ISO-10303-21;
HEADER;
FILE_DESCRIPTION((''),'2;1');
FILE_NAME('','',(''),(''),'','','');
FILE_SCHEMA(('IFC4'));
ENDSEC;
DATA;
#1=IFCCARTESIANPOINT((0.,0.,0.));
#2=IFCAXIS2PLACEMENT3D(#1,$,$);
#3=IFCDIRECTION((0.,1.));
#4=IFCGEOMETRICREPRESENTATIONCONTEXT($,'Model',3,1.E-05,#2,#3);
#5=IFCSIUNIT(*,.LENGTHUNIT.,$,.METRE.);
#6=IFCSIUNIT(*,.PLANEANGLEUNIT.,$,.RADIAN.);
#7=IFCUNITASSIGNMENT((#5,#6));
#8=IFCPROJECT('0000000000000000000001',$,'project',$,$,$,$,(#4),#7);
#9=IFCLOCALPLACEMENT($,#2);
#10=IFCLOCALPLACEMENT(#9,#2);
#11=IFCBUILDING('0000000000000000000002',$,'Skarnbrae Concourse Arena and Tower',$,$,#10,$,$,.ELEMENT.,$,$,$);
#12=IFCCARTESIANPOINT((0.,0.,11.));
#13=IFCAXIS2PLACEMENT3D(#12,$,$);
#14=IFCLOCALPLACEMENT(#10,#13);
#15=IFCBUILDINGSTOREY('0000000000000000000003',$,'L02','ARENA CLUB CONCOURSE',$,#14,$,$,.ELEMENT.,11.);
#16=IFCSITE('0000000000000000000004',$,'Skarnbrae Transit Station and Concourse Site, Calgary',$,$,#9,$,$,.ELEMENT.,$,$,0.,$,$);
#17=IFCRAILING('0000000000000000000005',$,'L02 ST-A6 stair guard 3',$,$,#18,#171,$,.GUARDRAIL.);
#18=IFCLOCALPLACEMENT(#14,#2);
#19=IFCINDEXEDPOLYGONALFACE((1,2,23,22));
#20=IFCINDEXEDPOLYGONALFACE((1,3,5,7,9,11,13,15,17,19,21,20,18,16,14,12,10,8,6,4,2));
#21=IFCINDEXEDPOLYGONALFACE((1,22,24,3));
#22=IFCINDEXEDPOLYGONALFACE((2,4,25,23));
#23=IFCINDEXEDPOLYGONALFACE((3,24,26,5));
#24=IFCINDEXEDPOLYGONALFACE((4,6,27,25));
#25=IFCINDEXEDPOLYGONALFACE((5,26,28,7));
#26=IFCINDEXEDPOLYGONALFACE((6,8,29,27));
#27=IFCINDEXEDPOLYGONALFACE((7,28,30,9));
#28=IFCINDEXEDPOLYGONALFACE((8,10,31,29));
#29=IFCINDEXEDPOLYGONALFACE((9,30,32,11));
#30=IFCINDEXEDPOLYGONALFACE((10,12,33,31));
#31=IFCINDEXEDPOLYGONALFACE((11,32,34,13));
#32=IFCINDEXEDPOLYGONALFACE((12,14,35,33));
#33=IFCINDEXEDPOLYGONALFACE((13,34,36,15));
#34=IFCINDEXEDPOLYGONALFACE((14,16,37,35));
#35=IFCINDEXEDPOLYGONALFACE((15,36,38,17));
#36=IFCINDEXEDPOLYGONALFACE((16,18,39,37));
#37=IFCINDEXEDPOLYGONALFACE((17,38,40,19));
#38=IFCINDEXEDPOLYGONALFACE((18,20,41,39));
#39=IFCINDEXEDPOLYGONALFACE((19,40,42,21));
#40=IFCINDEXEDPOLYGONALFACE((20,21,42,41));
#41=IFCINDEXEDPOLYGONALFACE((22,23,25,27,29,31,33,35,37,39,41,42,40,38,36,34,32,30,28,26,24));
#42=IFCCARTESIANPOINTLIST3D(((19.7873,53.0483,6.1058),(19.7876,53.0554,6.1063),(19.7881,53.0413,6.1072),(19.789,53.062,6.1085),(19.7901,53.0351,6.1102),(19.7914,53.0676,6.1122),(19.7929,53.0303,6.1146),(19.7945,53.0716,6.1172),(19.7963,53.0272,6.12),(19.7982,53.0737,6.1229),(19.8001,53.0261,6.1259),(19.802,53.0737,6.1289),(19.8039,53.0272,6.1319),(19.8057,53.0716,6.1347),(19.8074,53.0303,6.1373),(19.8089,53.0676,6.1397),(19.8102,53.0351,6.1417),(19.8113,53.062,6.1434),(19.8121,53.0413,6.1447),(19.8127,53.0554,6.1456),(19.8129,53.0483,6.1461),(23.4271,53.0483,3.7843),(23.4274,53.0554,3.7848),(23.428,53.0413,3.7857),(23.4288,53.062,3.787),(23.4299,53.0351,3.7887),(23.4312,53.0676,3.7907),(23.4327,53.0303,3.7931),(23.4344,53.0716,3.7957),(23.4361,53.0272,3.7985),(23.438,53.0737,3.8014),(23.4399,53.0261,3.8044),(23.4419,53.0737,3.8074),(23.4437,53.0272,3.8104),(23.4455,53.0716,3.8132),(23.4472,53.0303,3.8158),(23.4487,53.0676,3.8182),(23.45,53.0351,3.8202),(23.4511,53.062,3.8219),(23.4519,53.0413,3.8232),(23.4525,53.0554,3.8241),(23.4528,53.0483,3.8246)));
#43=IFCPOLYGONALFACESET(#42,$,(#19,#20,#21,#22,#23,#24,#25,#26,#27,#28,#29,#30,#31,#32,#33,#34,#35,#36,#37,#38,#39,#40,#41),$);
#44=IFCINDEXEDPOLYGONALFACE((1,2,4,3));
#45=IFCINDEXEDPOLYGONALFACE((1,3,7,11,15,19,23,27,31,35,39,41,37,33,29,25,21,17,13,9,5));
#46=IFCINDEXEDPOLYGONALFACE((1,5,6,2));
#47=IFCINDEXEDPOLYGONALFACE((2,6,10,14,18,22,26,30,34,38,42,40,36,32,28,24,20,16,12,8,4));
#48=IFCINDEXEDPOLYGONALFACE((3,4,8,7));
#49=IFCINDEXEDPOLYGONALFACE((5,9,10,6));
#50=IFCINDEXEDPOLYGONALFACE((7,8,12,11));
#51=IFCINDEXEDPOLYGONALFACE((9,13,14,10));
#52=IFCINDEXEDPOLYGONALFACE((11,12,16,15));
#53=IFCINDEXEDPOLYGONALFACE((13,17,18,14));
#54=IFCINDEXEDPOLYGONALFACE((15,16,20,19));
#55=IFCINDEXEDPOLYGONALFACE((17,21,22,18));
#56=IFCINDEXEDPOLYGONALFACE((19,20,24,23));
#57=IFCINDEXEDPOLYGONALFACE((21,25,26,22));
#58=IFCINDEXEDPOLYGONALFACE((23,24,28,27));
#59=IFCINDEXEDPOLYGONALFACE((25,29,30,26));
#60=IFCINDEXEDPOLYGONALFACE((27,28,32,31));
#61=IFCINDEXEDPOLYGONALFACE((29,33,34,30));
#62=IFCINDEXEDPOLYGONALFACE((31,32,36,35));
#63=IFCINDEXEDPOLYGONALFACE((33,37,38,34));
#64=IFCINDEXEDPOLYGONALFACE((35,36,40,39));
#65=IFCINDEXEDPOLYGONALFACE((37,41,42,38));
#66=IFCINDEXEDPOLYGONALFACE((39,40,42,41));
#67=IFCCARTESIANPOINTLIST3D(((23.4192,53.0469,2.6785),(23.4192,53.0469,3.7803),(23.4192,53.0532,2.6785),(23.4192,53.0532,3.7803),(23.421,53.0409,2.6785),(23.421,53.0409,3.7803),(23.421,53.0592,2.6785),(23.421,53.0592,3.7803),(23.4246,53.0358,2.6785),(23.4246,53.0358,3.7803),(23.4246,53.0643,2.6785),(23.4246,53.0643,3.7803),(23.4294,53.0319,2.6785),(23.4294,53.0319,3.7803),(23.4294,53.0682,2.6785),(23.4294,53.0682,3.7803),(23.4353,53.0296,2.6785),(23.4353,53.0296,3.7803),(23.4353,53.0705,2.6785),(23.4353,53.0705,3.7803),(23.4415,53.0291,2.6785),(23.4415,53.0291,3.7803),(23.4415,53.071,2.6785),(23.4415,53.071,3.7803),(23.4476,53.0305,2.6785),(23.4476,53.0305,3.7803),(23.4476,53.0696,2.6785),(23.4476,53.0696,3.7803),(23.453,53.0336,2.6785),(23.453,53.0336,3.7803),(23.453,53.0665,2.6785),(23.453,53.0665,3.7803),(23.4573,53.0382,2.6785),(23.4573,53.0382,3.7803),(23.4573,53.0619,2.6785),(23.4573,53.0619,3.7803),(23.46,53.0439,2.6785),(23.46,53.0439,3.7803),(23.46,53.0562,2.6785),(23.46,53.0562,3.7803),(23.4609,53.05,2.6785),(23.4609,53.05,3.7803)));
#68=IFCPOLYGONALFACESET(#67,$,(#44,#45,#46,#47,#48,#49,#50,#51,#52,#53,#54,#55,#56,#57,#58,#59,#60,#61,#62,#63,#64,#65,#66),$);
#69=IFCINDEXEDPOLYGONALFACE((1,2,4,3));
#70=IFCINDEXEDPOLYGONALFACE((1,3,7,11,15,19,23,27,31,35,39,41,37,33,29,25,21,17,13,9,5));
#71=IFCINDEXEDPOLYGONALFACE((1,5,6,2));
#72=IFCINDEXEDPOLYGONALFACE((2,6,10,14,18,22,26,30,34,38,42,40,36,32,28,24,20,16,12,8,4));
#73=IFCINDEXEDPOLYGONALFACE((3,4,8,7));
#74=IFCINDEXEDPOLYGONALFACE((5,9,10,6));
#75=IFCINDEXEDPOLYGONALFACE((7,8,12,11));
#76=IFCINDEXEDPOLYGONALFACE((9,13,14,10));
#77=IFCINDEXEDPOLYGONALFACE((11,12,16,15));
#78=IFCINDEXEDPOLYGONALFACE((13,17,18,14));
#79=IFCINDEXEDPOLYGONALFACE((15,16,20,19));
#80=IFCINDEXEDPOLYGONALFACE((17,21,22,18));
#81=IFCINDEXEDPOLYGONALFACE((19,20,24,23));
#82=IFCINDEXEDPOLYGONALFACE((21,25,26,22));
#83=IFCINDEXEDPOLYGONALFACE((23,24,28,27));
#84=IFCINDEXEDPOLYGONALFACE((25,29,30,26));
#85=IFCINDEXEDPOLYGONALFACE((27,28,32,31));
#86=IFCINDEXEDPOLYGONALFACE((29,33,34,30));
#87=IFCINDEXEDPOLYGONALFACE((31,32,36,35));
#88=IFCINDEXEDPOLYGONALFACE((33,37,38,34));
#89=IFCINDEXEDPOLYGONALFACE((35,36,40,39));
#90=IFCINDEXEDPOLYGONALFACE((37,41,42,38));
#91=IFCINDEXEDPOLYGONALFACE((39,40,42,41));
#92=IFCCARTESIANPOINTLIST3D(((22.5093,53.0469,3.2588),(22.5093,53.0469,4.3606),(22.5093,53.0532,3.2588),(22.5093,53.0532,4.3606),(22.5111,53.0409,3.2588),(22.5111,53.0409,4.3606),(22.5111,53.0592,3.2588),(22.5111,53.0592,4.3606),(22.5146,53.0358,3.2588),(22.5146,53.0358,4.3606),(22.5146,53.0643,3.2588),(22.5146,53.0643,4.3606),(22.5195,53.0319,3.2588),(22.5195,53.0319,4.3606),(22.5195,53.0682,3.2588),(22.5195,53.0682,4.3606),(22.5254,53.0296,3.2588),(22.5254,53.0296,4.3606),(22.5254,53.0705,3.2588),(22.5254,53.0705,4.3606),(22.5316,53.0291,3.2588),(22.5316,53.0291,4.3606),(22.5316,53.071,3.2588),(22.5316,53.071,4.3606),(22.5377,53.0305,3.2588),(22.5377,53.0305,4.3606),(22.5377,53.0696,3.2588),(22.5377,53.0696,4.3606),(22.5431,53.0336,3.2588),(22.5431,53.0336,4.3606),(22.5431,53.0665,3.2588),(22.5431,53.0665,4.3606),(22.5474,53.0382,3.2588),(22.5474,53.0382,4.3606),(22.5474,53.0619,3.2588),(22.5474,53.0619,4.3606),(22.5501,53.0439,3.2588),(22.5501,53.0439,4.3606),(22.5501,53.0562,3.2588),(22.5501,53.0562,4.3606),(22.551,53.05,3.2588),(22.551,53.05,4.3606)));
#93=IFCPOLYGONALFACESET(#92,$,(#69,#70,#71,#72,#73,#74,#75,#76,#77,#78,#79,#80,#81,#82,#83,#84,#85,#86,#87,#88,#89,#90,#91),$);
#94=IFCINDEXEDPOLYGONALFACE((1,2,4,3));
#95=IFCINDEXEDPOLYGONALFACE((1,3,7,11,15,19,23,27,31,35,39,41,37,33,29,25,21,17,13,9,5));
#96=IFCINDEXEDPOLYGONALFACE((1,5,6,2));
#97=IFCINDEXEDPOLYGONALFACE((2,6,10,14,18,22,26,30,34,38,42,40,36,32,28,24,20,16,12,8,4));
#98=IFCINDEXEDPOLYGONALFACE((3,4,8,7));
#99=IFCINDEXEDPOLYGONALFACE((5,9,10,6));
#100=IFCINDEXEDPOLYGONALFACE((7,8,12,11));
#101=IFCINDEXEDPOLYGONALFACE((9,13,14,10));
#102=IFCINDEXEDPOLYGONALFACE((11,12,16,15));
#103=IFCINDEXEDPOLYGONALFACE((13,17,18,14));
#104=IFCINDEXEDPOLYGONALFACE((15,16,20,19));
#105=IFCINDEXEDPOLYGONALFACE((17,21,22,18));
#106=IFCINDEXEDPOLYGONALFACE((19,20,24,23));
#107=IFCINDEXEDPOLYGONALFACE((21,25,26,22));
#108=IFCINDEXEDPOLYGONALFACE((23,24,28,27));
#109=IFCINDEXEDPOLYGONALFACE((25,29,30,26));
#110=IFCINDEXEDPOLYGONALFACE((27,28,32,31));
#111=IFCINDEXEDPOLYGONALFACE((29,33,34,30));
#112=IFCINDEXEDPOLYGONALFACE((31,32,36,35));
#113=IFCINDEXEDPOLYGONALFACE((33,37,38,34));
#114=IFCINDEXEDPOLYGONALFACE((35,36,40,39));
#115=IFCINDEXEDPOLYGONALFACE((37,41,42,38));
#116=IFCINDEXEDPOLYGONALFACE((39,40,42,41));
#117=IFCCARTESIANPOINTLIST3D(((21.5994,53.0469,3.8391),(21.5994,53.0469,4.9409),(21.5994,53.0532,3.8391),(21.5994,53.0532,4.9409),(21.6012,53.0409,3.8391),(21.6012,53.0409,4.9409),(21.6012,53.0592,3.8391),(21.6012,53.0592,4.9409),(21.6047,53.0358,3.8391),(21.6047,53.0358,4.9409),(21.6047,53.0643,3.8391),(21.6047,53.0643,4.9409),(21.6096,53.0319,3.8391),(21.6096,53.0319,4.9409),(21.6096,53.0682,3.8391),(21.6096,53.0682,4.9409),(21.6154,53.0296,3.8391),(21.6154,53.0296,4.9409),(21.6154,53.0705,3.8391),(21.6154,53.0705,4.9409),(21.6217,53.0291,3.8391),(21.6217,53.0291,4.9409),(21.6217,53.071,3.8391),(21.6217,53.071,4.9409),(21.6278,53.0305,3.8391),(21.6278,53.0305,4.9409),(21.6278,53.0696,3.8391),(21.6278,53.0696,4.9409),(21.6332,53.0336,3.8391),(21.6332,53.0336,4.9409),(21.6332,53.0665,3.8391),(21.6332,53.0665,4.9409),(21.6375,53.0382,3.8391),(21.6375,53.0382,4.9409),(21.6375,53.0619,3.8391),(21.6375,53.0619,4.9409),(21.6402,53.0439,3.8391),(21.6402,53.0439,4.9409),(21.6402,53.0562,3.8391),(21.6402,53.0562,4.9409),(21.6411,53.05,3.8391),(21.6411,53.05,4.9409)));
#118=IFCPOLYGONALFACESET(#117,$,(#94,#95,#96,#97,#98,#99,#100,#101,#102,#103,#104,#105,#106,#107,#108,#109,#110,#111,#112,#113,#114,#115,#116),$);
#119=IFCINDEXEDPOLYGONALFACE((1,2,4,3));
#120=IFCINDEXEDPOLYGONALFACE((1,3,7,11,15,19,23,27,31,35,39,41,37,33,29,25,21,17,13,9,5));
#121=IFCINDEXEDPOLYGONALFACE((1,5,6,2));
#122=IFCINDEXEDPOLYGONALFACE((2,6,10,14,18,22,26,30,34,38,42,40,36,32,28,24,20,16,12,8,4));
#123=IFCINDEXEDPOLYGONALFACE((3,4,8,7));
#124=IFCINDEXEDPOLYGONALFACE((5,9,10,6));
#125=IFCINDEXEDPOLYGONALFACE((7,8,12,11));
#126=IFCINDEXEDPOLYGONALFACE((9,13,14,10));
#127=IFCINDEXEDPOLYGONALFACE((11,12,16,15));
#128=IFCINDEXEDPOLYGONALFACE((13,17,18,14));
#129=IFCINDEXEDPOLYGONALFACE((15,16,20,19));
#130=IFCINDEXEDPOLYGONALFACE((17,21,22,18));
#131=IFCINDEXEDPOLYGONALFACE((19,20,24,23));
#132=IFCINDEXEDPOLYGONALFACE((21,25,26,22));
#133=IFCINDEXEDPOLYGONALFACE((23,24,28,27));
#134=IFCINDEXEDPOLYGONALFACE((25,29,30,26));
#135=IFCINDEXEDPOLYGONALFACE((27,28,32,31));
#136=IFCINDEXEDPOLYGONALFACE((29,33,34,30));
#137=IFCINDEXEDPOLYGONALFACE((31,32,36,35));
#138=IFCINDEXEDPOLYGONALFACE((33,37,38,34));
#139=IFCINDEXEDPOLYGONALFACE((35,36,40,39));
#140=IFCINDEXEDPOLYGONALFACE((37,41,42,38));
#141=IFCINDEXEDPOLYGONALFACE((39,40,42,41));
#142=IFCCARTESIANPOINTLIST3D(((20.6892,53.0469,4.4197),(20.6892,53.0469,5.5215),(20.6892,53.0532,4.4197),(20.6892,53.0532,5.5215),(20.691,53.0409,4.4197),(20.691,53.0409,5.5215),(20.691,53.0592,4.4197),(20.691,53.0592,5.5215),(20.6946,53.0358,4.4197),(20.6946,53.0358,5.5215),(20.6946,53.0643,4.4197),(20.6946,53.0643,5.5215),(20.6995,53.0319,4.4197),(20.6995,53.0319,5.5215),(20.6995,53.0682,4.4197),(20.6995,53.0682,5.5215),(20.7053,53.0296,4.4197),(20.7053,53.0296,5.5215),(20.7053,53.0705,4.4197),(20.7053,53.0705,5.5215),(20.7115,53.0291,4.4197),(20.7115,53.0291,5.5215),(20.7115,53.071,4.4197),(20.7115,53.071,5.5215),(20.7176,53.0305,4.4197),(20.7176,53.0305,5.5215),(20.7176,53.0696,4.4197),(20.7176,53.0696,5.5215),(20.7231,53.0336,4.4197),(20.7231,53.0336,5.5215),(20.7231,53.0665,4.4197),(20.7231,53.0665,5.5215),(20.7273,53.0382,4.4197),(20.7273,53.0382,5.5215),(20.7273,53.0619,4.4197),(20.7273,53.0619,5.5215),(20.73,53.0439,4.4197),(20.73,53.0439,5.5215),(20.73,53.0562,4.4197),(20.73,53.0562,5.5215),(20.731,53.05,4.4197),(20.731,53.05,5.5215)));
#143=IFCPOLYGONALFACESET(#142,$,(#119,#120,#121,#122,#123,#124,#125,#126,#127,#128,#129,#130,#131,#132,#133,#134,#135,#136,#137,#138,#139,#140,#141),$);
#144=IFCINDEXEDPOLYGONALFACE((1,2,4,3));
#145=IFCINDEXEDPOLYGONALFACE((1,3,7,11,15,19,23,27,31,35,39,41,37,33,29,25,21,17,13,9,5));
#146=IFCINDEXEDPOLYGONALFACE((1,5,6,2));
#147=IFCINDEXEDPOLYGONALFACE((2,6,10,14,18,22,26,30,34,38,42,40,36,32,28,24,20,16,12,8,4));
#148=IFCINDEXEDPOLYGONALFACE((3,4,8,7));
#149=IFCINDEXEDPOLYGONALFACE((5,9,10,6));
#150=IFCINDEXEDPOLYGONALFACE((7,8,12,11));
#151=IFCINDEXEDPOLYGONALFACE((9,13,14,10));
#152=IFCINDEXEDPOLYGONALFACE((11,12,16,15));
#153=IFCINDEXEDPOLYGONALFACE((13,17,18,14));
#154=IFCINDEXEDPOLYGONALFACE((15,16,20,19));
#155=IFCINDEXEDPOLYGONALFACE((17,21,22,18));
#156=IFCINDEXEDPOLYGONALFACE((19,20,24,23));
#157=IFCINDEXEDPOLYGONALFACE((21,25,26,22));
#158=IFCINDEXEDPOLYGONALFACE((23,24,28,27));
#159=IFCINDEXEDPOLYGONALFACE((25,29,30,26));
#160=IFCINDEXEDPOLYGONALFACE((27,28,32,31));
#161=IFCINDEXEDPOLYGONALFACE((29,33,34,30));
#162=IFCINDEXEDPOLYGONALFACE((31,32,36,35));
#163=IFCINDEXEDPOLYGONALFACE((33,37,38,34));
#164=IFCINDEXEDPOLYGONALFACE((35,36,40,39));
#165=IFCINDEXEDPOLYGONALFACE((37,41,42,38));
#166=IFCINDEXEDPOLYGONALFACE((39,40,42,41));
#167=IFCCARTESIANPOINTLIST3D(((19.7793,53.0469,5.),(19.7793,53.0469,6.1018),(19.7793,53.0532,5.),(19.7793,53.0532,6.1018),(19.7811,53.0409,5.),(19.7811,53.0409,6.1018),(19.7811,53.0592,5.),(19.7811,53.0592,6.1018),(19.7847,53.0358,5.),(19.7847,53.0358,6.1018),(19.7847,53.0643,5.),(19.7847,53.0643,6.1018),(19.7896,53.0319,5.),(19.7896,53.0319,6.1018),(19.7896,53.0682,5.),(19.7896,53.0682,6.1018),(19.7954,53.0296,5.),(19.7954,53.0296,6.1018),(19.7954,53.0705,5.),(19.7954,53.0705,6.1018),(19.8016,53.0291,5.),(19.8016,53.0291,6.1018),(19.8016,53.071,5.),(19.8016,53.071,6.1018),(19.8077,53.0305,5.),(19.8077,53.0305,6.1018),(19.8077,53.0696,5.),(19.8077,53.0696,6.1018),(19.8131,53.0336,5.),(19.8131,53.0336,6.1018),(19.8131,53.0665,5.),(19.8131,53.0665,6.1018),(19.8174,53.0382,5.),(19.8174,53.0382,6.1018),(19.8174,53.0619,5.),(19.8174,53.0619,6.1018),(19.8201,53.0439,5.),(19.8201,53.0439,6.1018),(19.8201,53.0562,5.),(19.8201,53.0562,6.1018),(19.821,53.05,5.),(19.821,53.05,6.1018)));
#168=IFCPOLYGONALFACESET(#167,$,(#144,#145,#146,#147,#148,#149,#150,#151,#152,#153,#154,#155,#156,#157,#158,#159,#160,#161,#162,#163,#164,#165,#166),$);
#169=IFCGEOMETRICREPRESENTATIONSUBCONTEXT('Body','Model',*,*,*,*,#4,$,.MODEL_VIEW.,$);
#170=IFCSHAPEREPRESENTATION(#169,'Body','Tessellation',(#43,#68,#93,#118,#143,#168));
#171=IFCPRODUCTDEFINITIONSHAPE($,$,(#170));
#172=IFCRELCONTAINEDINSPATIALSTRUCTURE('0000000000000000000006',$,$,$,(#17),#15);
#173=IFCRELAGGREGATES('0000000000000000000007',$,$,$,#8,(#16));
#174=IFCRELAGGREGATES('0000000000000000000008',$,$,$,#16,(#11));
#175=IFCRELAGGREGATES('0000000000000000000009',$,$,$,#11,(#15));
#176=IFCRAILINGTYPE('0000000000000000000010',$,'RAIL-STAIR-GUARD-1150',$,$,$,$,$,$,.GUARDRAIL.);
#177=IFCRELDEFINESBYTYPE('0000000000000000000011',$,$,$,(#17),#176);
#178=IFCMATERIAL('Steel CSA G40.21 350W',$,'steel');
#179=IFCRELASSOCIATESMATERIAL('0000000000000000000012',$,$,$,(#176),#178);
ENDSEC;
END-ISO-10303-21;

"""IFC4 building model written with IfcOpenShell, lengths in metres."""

from ifc_helpers import new_model, si_unit, direction, frame, origin, origin_2d, place, context, subcontext, project, spatial, circle, extrude, material, type_object, element, save


model = new_model("IFC4")

# Units and contexts
model_context = context("Model", 3, precision=1e-05, world=origin(), true_north=direction((0.0, 1.0)))
body_context = subcontext(model_context, "Body", "Model", "MODEL_VIEW")
ifc_project = project(units=[si_unit("LENGTHUNIT", "METRE"), si_unit("PLANEANGLEUNIT", "RADIAN")], contexts=[model_context])

# Site, building, storey
site_placement = place(None, origin())
site = spatial("IfcSite", under=ifc_project, at=site_placement, Name="Skarnbrae Transit Station and Concourse Site, Calgary", CompositionType="ELEMENT", RefElevation=0.0)
building_placement = place(site_placement, origin())
building = spatial("IfcBuilding", under=site, at=building_placement, Name="Skarnbrae Concourse Arena and Tower", CompositionType="ELEMENT")
storey_placement = place(building_placement, frame((0.0, 0.0, 11.0)))
storey = spatial("IfcBuildingStorey", under=building, at=storey_placement, Name="L02", Description="ARENA CLUB CONCOURSE", CompositionType="ELEMENT", Elevation=11.0)

# Shared definitions
ifc_material_1 = material(Name="Steel CSA G40.21 350W", Category="steel")

# Railing
railing_type_1 = type_object("IfcRailingType", Name="RAIL-STAIR-GUARD-1150", PredefinedType="GUARDRAIL", material=ifc_material_1)
railing_1_placement = place(storey_placement, frame((23.4399, 53.05, 2.6785)))
element("IfcRailing", 1, at=railing_1_placement, inside=storey, type_object=railing_type_1, Name="L02 ST-A6 stair guard 3", PredefinedType="GUARDRAIL", context=body_context, shape_type="SweptSolid", body=[
    extrude(circle(Radius=0.0239, at=origin_2d()), frame((0.0, 0.0, 1.126), z_axis=(-0.843112, 0.0, 0.537739), x_axis=(0.0, -1.0, 0.0)), (0.0, 0.0, 1.0), 4.3171),
    extrude(circle(Radius=0.021, at=origin_2d()), origin(), (0.0, 0.0, 1.0), 1.1018),
    extrude(circle(Radius=0.021, at=origin_2d()), frame((-0.9099, 0.0, 0.5803)), (0.0, 0.0, 1.0), 1.1018),
    extrude(circle(Radius=0.021, at=origin_2d()), frame((-1.8198, 0.0, 1.1606)), (0.0, 0.0, 1.0), 1.1018),
    extrude(circle(Radius=0.021, at=origin_2d()), frame((-2.73, 0.0, 1.7412)), (0.0, 0.0, 1.0), 1.1018),
    extrude(circle(Radius=0.021, at=origin_2d()), frame((-3.6399, 0.0, 2.3215)), (0.0, 0.0, 1.0), 1.1018),
])

save(model, "model.ifc")
